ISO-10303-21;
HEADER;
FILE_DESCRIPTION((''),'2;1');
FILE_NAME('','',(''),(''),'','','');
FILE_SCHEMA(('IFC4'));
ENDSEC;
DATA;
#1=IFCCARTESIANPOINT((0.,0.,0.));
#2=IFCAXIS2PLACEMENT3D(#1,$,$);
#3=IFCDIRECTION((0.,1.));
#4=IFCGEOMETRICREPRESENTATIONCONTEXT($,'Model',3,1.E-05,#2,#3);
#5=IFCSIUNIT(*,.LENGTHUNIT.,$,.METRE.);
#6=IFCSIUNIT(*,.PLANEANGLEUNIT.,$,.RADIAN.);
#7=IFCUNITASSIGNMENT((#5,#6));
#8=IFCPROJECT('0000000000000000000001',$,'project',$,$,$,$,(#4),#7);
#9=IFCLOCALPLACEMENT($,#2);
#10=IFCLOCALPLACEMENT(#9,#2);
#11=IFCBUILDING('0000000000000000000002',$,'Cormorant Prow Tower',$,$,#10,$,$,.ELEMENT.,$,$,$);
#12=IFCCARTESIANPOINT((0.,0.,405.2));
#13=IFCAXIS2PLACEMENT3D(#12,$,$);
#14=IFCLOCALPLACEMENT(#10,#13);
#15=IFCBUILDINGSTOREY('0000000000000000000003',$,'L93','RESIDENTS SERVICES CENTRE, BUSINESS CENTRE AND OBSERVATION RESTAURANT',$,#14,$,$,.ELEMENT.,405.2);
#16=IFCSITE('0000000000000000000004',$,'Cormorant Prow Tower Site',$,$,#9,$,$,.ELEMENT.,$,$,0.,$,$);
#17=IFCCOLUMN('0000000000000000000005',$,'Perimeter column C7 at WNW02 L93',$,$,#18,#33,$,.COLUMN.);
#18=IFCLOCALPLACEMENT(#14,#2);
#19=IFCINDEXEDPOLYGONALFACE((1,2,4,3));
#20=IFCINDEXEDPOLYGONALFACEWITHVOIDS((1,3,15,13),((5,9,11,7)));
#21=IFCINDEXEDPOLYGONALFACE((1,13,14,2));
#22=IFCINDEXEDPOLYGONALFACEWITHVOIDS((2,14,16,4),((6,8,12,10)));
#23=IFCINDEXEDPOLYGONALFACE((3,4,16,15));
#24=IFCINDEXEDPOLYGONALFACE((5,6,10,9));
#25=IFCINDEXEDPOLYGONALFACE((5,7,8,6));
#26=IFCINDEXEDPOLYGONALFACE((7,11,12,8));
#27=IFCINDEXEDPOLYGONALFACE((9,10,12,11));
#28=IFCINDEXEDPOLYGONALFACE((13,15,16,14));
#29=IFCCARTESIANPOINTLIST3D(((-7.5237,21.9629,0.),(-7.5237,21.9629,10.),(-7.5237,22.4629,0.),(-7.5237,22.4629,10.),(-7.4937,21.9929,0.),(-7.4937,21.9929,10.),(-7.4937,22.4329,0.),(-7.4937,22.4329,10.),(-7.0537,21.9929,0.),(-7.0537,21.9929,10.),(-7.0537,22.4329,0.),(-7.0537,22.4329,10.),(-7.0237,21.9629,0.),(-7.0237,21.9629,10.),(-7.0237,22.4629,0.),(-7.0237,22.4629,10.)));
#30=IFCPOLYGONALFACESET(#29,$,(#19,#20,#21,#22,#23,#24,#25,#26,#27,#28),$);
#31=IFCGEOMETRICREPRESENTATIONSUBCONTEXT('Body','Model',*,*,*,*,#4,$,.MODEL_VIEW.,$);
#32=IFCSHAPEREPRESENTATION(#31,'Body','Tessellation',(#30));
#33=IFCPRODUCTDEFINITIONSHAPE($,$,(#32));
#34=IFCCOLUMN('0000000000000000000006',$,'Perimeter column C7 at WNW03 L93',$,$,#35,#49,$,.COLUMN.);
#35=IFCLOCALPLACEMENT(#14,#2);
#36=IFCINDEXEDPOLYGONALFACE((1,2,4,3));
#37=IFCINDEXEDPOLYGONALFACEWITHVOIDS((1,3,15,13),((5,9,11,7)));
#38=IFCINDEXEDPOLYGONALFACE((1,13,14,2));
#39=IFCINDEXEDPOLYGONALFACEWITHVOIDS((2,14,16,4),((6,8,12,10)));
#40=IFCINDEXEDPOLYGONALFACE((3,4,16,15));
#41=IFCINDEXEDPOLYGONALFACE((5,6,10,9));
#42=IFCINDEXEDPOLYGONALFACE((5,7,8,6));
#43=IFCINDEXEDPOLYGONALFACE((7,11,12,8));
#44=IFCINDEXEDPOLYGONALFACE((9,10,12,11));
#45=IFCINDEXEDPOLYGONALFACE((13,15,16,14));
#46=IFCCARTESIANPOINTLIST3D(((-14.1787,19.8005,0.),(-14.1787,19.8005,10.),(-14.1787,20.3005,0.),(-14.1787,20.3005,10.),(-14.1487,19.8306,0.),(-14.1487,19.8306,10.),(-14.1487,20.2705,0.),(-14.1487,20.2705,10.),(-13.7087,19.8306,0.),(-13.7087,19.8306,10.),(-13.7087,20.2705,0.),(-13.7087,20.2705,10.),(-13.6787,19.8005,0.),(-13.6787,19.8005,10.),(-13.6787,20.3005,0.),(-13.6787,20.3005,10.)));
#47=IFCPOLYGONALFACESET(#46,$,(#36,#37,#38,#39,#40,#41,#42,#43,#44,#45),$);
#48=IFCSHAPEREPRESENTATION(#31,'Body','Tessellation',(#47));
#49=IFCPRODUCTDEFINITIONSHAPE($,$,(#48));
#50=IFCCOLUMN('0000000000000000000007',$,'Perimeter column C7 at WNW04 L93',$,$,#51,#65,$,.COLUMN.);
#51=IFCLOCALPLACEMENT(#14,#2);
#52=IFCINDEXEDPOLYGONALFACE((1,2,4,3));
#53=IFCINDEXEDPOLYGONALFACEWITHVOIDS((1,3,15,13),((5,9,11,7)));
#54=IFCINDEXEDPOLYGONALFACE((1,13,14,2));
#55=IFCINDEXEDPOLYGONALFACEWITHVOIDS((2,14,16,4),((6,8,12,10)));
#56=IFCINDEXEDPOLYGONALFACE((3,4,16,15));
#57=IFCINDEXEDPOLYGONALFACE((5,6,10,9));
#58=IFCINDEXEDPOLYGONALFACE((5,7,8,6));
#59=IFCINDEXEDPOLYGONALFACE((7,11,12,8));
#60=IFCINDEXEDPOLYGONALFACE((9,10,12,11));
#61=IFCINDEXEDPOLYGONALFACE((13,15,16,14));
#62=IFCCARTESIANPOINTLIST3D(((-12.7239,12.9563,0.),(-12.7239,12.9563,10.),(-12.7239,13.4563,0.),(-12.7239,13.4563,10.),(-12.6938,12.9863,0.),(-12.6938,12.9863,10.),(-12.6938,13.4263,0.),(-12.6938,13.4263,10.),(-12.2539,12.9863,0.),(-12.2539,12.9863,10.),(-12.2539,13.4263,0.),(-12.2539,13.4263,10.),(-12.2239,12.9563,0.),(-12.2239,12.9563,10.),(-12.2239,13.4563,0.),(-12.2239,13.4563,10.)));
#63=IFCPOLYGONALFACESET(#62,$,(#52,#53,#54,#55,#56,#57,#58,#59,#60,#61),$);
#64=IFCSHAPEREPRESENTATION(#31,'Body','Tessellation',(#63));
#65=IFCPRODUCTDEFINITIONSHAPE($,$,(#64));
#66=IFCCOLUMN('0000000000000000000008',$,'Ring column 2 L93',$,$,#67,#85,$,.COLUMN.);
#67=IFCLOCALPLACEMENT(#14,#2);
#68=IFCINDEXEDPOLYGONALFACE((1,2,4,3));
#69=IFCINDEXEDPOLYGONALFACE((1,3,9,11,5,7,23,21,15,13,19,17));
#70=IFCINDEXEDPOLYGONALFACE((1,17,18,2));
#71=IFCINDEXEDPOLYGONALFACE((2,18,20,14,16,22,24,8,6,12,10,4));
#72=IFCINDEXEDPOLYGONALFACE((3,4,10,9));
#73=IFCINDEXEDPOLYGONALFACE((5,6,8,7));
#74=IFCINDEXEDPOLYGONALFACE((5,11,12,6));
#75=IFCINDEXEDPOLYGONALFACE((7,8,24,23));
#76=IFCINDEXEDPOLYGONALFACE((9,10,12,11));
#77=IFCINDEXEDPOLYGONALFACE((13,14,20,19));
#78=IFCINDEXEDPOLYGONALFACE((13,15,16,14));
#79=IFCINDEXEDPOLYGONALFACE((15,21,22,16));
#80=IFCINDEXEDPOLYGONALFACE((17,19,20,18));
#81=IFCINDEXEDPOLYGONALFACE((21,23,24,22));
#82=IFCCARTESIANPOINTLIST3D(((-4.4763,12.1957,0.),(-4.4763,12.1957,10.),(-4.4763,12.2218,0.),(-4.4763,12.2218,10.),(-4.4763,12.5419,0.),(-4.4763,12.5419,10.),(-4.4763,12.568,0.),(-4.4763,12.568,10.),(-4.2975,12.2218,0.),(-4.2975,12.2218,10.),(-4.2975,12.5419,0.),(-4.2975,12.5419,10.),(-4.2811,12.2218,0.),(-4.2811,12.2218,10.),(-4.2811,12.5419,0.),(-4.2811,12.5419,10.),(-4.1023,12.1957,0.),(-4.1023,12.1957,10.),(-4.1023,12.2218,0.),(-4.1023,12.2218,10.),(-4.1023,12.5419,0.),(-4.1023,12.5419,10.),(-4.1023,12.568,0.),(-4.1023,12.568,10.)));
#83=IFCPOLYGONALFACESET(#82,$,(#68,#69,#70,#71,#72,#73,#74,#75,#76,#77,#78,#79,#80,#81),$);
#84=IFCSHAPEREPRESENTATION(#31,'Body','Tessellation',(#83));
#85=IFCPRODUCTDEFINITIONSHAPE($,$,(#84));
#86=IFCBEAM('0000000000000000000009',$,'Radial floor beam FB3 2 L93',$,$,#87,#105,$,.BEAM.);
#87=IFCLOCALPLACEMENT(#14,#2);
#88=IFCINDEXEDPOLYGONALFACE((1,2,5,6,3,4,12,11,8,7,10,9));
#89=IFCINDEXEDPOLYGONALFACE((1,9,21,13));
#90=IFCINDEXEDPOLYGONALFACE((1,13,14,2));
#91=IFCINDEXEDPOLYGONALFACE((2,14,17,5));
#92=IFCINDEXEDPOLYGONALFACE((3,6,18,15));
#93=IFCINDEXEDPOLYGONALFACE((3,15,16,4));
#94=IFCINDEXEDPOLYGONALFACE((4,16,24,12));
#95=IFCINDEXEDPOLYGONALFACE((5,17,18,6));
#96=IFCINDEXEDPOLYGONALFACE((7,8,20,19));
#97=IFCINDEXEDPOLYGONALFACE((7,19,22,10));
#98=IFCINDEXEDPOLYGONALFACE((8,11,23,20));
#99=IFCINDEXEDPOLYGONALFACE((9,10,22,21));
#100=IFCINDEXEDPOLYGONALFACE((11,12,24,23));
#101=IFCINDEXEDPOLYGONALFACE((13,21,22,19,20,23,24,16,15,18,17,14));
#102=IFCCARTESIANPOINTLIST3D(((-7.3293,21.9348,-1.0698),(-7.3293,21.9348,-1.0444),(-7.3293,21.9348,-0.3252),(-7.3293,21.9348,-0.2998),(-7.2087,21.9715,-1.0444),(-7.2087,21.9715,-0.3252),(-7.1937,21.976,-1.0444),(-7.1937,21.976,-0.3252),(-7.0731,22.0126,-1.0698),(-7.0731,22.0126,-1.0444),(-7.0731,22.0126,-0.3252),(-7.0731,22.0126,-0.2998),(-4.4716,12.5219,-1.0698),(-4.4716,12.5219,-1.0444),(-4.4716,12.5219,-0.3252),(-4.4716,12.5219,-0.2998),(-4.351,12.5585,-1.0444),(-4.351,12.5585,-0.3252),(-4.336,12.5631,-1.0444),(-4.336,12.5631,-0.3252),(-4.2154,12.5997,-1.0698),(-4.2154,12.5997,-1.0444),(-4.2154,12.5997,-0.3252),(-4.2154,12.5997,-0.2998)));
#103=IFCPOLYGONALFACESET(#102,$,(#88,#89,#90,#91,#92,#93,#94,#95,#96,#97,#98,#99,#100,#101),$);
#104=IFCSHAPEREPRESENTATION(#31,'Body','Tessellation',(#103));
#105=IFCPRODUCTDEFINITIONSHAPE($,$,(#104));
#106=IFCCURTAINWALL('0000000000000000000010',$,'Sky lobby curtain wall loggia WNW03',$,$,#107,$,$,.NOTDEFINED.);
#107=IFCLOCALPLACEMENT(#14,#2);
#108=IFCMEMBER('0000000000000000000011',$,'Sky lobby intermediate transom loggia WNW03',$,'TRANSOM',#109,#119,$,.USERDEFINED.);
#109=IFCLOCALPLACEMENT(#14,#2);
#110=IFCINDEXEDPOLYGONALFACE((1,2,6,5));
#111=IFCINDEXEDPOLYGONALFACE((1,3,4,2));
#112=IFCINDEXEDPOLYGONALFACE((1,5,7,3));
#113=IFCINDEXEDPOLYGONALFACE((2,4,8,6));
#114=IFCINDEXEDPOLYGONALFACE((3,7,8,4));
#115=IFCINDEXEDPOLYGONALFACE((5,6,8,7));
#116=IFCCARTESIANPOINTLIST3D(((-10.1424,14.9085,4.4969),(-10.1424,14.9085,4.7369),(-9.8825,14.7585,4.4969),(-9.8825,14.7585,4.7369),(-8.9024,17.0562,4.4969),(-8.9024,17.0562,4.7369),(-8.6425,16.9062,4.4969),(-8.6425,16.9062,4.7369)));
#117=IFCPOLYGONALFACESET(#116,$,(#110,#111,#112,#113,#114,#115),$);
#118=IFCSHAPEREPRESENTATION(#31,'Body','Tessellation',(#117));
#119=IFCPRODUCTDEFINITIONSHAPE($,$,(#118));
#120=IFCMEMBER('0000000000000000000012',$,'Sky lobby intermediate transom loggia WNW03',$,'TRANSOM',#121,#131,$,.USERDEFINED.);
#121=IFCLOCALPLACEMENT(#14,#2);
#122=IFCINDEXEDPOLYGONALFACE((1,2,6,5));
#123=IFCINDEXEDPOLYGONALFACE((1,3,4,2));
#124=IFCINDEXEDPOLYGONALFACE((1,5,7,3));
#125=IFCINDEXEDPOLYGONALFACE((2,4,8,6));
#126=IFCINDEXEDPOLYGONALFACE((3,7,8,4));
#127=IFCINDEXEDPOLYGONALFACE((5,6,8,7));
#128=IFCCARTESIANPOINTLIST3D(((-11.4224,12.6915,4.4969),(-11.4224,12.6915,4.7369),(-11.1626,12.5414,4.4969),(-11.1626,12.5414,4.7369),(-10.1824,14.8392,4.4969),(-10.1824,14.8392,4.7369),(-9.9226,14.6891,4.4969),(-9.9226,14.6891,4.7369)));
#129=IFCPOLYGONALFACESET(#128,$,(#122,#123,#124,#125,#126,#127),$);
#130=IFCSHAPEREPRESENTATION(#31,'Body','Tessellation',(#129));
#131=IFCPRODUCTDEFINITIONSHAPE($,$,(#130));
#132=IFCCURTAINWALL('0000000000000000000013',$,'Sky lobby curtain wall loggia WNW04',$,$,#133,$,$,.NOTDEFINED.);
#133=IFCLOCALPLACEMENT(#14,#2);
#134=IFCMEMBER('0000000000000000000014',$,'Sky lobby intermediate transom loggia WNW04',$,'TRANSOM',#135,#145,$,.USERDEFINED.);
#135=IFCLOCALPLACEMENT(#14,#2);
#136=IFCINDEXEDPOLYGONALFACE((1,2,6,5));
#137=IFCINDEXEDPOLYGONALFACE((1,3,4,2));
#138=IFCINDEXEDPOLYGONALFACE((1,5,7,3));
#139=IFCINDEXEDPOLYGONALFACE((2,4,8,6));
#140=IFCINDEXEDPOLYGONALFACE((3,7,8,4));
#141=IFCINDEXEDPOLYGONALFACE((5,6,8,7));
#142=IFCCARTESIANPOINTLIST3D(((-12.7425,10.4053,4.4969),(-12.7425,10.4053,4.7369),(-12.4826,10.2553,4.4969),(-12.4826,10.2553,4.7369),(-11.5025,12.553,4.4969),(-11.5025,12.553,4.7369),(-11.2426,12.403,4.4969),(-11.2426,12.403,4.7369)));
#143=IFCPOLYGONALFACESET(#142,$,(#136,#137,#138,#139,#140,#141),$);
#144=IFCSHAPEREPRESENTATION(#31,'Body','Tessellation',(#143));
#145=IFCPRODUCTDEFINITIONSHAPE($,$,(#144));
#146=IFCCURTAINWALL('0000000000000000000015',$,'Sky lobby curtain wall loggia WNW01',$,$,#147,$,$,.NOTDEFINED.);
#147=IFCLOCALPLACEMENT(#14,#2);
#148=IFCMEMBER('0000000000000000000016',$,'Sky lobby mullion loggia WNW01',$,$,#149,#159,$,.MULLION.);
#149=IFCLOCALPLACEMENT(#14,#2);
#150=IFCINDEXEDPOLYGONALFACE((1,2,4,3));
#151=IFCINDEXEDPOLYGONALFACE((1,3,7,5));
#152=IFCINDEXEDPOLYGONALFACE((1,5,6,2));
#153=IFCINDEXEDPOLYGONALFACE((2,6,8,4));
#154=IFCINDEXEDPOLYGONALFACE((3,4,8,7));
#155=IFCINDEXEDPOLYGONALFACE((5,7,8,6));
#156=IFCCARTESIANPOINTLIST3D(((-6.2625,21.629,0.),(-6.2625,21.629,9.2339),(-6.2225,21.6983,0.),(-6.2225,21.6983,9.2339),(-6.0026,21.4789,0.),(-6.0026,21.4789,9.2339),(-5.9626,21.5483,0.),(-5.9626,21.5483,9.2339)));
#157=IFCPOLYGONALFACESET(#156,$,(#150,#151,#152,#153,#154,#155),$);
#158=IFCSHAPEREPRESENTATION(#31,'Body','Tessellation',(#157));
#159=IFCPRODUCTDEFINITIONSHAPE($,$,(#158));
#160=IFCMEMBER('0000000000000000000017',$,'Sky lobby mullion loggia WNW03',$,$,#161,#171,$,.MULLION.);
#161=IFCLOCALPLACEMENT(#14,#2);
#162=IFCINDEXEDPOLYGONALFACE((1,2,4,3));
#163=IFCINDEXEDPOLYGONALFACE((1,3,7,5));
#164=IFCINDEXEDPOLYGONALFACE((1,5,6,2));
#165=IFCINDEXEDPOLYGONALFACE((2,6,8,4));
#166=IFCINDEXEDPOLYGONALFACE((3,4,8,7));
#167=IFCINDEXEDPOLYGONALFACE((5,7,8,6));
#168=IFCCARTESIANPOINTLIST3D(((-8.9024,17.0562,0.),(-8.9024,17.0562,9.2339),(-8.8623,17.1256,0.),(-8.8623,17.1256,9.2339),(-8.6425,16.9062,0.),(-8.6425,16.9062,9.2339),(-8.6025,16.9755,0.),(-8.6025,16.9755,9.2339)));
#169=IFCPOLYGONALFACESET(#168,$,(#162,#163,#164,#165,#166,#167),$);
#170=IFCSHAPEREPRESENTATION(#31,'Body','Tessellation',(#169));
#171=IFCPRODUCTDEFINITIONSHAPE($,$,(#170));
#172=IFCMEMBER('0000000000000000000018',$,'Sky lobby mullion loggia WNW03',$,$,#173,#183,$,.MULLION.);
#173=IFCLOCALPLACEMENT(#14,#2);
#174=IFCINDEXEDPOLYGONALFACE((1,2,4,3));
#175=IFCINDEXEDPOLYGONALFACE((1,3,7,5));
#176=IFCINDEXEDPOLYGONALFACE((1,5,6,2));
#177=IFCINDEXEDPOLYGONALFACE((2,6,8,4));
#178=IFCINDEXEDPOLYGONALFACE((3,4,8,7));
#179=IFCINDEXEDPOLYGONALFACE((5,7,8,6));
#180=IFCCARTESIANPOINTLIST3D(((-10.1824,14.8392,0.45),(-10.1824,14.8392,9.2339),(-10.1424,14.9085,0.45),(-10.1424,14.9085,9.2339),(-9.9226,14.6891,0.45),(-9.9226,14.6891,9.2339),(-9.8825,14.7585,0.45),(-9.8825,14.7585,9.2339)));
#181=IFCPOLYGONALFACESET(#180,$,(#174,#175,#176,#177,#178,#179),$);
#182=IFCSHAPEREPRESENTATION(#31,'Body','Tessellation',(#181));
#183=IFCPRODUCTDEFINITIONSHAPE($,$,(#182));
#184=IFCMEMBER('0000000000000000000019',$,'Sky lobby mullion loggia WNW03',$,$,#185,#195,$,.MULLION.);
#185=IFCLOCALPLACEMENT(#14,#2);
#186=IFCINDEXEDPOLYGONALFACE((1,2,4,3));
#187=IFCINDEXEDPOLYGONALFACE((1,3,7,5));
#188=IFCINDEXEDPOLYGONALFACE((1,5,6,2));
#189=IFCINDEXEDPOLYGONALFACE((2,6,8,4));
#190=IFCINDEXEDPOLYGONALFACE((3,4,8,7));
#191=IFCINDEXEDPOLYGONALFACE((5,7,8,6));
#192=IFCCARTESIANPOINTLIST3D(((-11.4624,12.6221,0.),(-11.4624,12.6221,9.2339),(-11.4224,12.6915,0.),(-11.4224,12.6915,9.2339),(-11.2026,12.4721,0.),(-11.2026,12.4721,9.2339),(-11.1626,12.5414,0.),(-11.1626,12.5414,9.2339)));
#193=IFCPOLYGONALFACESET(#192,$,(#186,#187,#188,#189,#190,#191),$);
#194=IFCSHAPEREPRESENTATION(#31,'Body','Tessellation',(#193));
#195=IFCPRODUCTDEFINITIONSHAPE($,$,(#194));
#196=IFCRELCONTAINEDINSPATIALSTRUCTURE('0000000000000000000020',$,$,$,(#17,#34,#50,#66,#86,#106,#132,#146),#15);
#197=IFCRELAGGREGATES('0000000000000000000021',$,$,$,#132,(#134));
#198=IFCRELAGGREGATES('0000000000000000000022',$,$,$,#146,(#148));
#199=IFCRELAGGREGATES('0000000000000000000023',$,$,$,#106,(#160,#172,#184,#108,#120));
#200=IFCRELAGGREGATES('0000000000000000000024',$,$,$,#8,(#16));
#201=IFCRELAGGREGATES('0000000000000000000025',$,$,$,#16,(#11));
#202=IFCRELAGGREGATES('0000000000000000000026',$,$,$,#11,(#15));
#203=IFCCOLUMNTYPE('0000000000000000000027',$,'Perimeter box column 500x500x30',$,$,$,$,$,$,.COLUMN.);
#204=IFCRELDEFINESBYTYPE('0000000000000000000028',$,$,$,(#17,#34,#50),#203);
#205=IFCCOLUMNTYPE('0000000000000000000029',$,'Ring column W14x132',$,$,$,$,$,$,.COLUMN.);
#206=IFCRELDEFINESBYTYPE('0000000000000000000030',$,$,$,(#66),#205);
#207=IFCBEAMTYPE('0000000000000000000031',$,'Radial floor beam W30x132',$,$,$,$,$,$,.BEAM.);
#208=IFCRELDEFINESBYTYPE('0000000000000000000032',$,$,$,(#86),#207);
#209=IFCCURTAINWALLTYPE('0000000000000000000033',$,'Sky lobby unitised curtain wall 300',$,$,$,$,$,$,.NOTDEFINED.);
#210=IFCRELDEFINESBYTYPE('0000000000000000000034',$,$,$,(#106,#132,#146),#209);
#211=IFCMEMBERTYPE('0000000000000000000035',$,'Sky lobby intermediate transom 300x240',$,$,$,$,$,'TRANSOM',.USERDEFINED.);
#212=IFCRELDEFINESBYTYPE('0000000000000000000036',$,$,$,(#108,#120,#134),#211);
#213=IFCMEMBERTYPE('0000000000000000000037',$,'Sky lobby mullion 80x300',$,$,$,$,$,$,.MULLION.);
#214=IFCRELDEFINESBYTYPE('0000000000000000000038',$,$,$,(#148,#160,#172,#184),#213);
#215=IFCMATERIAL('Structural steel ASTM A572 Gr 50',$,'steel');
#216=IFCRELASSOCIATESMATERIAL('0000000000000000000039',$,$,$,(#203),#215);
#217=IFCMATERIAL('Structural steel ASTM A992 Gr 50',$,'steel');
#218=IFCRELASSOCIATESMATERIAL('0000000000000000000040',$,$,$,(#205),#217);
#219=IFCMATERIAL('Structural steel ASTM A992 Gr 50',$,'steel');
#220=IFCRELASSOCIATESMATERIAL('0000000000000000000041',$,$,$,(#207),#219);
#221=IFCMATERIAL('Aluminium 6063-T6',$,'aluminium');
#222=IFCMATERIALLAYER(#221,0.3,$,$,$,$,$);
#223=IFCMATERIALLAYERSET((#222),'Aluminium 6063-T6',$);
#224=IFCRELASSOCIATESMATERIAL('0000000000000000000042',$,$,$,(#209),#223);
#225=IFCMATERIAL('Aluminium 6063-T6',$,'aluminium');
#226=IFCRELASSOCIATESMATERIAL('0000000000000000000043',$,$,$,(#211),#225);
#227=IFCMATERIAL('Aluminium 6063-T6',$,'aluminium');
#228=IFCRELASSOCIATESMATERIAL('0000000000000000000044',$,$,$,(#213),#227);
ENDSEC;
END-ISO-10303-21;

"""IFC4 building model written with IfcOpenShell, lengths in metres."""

from ifc_helpers import new_model, si_unit, direction, frame, origin, origin_2d, place, context, subcontext, project, spatial, rectangle, hollow_rectangle, i_section, extrude, material, layer, layer_set, material_profile, profile_set, type_object, element, aggregate, save


model = new_model("IFC4")

# Units and contexts
model_context = context("Model", 3, precision=1e-05, world=origin(), true_north=direction((0.0, 1.0)))
body_context = subcontext(model_context, "Body", "Model", "MODEL_VIEW")
ifc_project = project(units=[si_unit("LENGTHUNIT", "METRE"), si_unit("PLANEANGLEUNIT", "RADIAN")], contexts=[model_context])

# Site, building, storey
site_placement = place(None, origin())
site = spatial("IfcSite", under=ifc_project, at=site_placement, Name="Cormorant Prow Tower Site", CompositionType="ELEMENT", RefElevation=0.0)
building_placement = place(site_placement, origin())
building = spatial("IfcBuilding", under=site, at=building_placement, Name="Cormorant Prow Tower", CompositionType="ELEMENT")
storey_placement = place(building_placement, frame((0.0, 0.0, 405.2)))
storey = spatial("IfcBuildingStorey", under=building, at=storey_placement, Name="L93", Description="RESIDENTS SERVICES CENTRE, BUSINESS CENTRE AND OBSERVATION RESTAURANT", CompositionType="ELEMENT", Elevation=405.2)

# Columns
ifc_material_1 = material(Name="Structural steel ASTM A572 Gr 50", Category="steel")
ifc_material_profile_1 = material_profile(ifc_material_1, hollow_rectangle(XDim=0.5, YDim=0.5, WallThickness=0.03, at=origin_2d()), Name="Box 500x500x30")
ifc_profile_set_1 = profile_set([ifc_material_profile_1], Name="Structural steel ASTM A572 Gr 50")
column_type_1 = type_object("IfcColumnType", Name="Perimeter box column 500x500x30", PredefinedType="COLUMN", material=ifc_profile_set_1)
for number, where, z_axis, x_axis, name in (
    (1, (-7.2737, 22.2129, 0.0), (0.0, 0.0, 1.0), (1.0, 0.0, 0.0), "Perimeter column C7 at WNW02 L93"),
    (2, (-13.9287, 20.0505, 0.0), (0.0, 0.0, 1.0), (1.0, 0.0, 0.0), "Perimeter column C7 at WNW03 L93"),
    (3, (-12.4739, 13.2063, 0.0), (0.0, 0.0, 1.0), (1.0, 0.0, 0.0), "Perimeter column C7 at WNW04 L93"),
):
    element("IfcColumn", number, at=place(storey_placement, frame(where, z_axis=z_axis, x_axis=x_axis)), inside=storey, type_object=column_type_1, Name=name, PredefinedType="COLUMN", context=body_context, shape_type="SweptSolid", body=[
        extrude(hollow_rectangle(XDim=0.5, YDim=0.5, WallThickness=0.03, at=origin_2d()), origin(), (0.0, 0.0, 1.0), 10.0),
    ])
ifc_material_2 = material(Name="Structural steel ASTM A992 Gr 50", Category="steel")
ifc_material_profile_2 = material_profile(ifc_material_2, i_section(OverallWidth=0.374, OverallDepth=0.3723, WebThickness=0.0164, FlangeThickness=0.0261, at=origin_2d()), Name="W14x132")
ifc_profile_set_2 = profile_set([ifc_material_profile_2], Name="Structural steel ASTM A992 Gr 50")
column_type_2 = type_object("IfcColumnType", Name="Ring column W14x132", PredefinedType="COLUMN", material=ifc_profile_set_2)
column_placement = place(storey_placement, frame((-4.2893, 12.3818, 0.0), z_axis=(0.0, 0.0, 1.0), x_axis=(1.0, 0.0, 0.0)))
element("IfcColumn", 4, at=column_placement, inside=storey, type_object=column_type_2, Name="Ring column 2 L93", PredefinedType="COLUMN", context=body_context, shape_type="SweptSolid", body=[
    extrude(i_section(OverallWidth=0.374, OverallDepth=0.3723, WebThickness=0.0164, FlangeThickness=0.0261, at=origin_2d()), origin(), (0.0, 0.0, 1.0), 10.0),
])

# Beam
ifc_material_3 = material(Name="Structural steel ASTM A992 Gr 50", Category="steel")
ifc_material_profile_3 = material_profile(ifc_material_3, i_section(OverallWidth=0.2678, OverallDepth=0.77, WebThickness=0.0156, FlangeThickness=0.0254, at=origin_2d()), Name="W30x132")
ifc_profile_set_3 = profile_set([ifc_material_profile_3], Name="Structural steel ASTM A992 Gr 50")
beam_type_1 = type_object("IfcBeamType", Name="Radial floor beam W30x132", PredefinedType="BEAM", material=ifc_profile_set_3)
beam_1_placement = place(storey_placement, frame((-4.3435, 12.5608, -0.6848), z_axis=(-0.2905, 0.956875, 0.0), x_axis=(-0.956875, -0.2905, 0.0)))
element("IfcBeam", 5, at=beam_1_placement, inside=storey, type_object=beam_type_1, Name="Radial floor beam FB3 2 L93", PredefinedType="BEAM", context=body_context, shape_type="SweptSolid", body=[
    extrude(i_section(OverallWidth=0.2678, OverallDepth=0.77, WebThickness=0.0156, FlangeThickness=0.0254, at=origin_2d()), origin(), (0.0, 0.0, 1.0), 9.8372),
])

# Curtain wall, members
ifc_material_4 = material(Name="Aluminium 6063-T6", Category="aluminium")
ifc_layer_1 = layer(ifc_material_4, 0.3)
ifc_layer_set_1 = layer_set([ifc_layer_1], Name="Aluminium 6063-T6")
curtain_wall_type = type_object("IfcCurtainWallType", Name="Sky lobby unitised curtain wall 300", PredefinedType="NOTDEFINED", material=ifc_layer_set_1)
curtain_wall_1_placement = place(storey_placement, origin())
curtain_wall_1 = element("IfcCurtainWall", 6, at=curtain_wall_1_placement, inside=storey, type_object=curtain_wall_type, Name="Sky lobby curtain wall loggia WNW03", PredefinedType="NOTDEFINED")
ifc_material_5 = material(Name="Aluminium 6063-T6", Category="aluminium")
ifc_material_profile_4 = material_profile(ifc_material_5, rectangle(XDim=0.3, YDim=0.24, at=origin_2d()), Name="Sky lobby intermediate transom 300x240")
ifc_profile_set_4 = profile_set([ifc_material_profile_4], Name="Aluminium 6063-T6")
member_type_1 = type_object("IfcMemberType", Name="Sky lobby intermediate transom 300x240", ElementType="TRANSOM", PredefinedType="USERDEFINED", material=ifc_profile_set_4)
member_1_placement = place(storey_placement, frame((-8.7725, 16.9812, 4.6169), z_axis=(-0.500004, -0.866023, 0.0), x_axis=(0.866023, -0.500004, 0.0)))
member_1 = element("IfcMember", 7, at=member_1_placement, type_object=member_type_1, Name="Sky lobby intermediate transom loggia WNW03", ObjectType="TRANSOM", PredefinedType="USERDEFINED", context=body_context, shape_type="SweptSolid", body=[
    extrude(rectangle(XDim=0.3, YDim=0.24, at=origin_2d()), origin(), (0.0, 0.0, 1.0), 2.48),
])
member_2_placement = place(storey_placement, frame((-10.0525, 14.7642, 4.6169), z_axis=(-0.500004, -0.866023, 0.0), x_axis=(0.866023, -0.500004, 0.0)))
member_2 = element("IfcMember", 8, at=member_2_placement, type_object=member_type_1, Name="Sky lobby intermediate transom loggia WNW03", ObjectType="TRANSOM", PredefinedType="USERDEFINED", context=body_context, shape_type="SweptSolid", body=[
    extrude(rectangle(XDim=0.3, YDim=0.24, at=origin_2d()), origin(), (0.0, 0.0, 1.0), 2.48),
])

# Curtain walls, members
curtain_wall_2_placement = place(storey_placement, origin())
curtain_wall_2 = element("IfcCurtainWall", 9, at=curtain_wall_2_placement, inside=storey, type_object=curtain_wall_type, Name="Sky lobby curtain wall loggia WNW04", PredefinedType="NOTDEFINED")
member_3_placement = place(storey_placement, frame((-11.3726, 12.478, 4.6169), z_axis=(-0.500004, -0.866023, 0.0), x_axis=(0.866023, -0.500004, 0.0)))
member_3 = element("IfcMember", 10, at=member_3_placement, type_object=member_type_1, Name="Sky lobby intermediate transom loggia WNW04", ObjectType="TRANSOM", PredefinedType="USERDEFINED", context=body_context, shape_type="SweptSolid", body=[
    extrude(rectangle(XDim=0.3, YDim=0.24, at=origin_2d()), origin(), (0.0, 0.0, 1.0), 2.48),
])
curtain_wall_3_placement = place(storey_placement, origin())
curtain_wall_3 = element("IfcCurtainWall", 11, at=curtain_wall_3_placement, inside=storey, type_object=curtain_wall_type, Name="Sky lobby curtain wall loggia WNW01", PredefinedType="NOTDEFINED")
ifc_material_6 = material(Name="Aluminium 6063-T6", Category="aluminium")
ifc_material_profile_5 = material_profile(ifc_material_6, rectangle(XDim=0.3, YDim=0.0801, at=origin_2d()), Name="Sky lobby mullion 80x300")
ifc_profile_set_5 = profile_set([ifc_material_profile_5], Name="Aluminium 6063-T6")
member_type_2 = type_object("IfcMemberType", Name="Sky lobby mullion 80x300", PredefinedType="MULLION", material=ifc_profile_set_5)
member_4_placement = place(storey_placement, frame((-6.1125, 21.5886, 0.0), z_axis=(0.0, 0.0, 1.0), x_axis=(0.866025, -0.5, 0.0)))
member_4 = element("IfcMember", 12, at=member_4_placement, type_object=member_type_2, Name="Sky lobby mullion loggia WNW01", PredefinedType="MULLION", context=body_context, shape_type="SweptSolid", body=[
    extrude(rectangle(XDim=0.3, YDim=0.0801, at=origin_2d()), origin(), (0.0, 0.0, 1.0), 9.2339),
])

# Members
member_5_placement = place(storey_placement, frame((-8.7524, 17.0159, 0.0), z_axis=(0.0, 0.0, 1.0), x_axis=(0.866025, -0.5, 0.0)))
member_5 = element("IfcMember", 13, at=member_5_placement, type_object=member_type_2, Name="Sky lobby mullion loggia WNW03", PredefinedType="MULLION", context=body_context, shape_type="SweptSolid", body=[
    extrude(rectangle(XDim=0.3, YDim=0.0801, at=origin_2d()), origin(), (0.0, 0.0, 1.0), 9.2339),
])
member_6_placement = place(storey_placement, frame((-10.0325, 14.7988, 0.45), z_axis=(0.0, 0.0, 1.0), x_axis=(0.866025, -0.5, 0.0)))
member_6 = element("IfcMember", 14, at=member_6_placement, type_object=member_type_2, Name="Sky lobby mullion loggia WNW03", PredefinedType="MULLION", context=body_context, shape_type="SweptSolid", body=[
    extrude(rectangle(XDim=0.3, YDim=0.0801, at=origin_2d()), origin(), (0.0, 0.0, 1.0), 8.7839),
])
member_7_placement = place(storey_placement, frame((-11.3125, 12.5818, 0.0), z_axis=(0.0, 0.0, 1.0), x_axis=(0.866025, -0.5, 0.0)))
member_7 = element("IfcMember", 15, at=member_7_placement, type_object=member_type_2, Name="Sky lobby mullion loggia WNW03", PredefinedType="MULLION", context=body_context, shape_type="SweptSolid", body=[
    extrude(rectangle(XDim=0.3, YDim=0.0801, at=origin_2d()), origin(), (0.0, 0.0, 1.0), 9.2339),
])
aggregate(curtain_wall_2, [member_3])

aggregate(curtain_wall_3, [member_4])
aggregate(curtain_wall_1, [member_5, member_6, member_7, member_1, member_2])

save(model, "model.ifc")
